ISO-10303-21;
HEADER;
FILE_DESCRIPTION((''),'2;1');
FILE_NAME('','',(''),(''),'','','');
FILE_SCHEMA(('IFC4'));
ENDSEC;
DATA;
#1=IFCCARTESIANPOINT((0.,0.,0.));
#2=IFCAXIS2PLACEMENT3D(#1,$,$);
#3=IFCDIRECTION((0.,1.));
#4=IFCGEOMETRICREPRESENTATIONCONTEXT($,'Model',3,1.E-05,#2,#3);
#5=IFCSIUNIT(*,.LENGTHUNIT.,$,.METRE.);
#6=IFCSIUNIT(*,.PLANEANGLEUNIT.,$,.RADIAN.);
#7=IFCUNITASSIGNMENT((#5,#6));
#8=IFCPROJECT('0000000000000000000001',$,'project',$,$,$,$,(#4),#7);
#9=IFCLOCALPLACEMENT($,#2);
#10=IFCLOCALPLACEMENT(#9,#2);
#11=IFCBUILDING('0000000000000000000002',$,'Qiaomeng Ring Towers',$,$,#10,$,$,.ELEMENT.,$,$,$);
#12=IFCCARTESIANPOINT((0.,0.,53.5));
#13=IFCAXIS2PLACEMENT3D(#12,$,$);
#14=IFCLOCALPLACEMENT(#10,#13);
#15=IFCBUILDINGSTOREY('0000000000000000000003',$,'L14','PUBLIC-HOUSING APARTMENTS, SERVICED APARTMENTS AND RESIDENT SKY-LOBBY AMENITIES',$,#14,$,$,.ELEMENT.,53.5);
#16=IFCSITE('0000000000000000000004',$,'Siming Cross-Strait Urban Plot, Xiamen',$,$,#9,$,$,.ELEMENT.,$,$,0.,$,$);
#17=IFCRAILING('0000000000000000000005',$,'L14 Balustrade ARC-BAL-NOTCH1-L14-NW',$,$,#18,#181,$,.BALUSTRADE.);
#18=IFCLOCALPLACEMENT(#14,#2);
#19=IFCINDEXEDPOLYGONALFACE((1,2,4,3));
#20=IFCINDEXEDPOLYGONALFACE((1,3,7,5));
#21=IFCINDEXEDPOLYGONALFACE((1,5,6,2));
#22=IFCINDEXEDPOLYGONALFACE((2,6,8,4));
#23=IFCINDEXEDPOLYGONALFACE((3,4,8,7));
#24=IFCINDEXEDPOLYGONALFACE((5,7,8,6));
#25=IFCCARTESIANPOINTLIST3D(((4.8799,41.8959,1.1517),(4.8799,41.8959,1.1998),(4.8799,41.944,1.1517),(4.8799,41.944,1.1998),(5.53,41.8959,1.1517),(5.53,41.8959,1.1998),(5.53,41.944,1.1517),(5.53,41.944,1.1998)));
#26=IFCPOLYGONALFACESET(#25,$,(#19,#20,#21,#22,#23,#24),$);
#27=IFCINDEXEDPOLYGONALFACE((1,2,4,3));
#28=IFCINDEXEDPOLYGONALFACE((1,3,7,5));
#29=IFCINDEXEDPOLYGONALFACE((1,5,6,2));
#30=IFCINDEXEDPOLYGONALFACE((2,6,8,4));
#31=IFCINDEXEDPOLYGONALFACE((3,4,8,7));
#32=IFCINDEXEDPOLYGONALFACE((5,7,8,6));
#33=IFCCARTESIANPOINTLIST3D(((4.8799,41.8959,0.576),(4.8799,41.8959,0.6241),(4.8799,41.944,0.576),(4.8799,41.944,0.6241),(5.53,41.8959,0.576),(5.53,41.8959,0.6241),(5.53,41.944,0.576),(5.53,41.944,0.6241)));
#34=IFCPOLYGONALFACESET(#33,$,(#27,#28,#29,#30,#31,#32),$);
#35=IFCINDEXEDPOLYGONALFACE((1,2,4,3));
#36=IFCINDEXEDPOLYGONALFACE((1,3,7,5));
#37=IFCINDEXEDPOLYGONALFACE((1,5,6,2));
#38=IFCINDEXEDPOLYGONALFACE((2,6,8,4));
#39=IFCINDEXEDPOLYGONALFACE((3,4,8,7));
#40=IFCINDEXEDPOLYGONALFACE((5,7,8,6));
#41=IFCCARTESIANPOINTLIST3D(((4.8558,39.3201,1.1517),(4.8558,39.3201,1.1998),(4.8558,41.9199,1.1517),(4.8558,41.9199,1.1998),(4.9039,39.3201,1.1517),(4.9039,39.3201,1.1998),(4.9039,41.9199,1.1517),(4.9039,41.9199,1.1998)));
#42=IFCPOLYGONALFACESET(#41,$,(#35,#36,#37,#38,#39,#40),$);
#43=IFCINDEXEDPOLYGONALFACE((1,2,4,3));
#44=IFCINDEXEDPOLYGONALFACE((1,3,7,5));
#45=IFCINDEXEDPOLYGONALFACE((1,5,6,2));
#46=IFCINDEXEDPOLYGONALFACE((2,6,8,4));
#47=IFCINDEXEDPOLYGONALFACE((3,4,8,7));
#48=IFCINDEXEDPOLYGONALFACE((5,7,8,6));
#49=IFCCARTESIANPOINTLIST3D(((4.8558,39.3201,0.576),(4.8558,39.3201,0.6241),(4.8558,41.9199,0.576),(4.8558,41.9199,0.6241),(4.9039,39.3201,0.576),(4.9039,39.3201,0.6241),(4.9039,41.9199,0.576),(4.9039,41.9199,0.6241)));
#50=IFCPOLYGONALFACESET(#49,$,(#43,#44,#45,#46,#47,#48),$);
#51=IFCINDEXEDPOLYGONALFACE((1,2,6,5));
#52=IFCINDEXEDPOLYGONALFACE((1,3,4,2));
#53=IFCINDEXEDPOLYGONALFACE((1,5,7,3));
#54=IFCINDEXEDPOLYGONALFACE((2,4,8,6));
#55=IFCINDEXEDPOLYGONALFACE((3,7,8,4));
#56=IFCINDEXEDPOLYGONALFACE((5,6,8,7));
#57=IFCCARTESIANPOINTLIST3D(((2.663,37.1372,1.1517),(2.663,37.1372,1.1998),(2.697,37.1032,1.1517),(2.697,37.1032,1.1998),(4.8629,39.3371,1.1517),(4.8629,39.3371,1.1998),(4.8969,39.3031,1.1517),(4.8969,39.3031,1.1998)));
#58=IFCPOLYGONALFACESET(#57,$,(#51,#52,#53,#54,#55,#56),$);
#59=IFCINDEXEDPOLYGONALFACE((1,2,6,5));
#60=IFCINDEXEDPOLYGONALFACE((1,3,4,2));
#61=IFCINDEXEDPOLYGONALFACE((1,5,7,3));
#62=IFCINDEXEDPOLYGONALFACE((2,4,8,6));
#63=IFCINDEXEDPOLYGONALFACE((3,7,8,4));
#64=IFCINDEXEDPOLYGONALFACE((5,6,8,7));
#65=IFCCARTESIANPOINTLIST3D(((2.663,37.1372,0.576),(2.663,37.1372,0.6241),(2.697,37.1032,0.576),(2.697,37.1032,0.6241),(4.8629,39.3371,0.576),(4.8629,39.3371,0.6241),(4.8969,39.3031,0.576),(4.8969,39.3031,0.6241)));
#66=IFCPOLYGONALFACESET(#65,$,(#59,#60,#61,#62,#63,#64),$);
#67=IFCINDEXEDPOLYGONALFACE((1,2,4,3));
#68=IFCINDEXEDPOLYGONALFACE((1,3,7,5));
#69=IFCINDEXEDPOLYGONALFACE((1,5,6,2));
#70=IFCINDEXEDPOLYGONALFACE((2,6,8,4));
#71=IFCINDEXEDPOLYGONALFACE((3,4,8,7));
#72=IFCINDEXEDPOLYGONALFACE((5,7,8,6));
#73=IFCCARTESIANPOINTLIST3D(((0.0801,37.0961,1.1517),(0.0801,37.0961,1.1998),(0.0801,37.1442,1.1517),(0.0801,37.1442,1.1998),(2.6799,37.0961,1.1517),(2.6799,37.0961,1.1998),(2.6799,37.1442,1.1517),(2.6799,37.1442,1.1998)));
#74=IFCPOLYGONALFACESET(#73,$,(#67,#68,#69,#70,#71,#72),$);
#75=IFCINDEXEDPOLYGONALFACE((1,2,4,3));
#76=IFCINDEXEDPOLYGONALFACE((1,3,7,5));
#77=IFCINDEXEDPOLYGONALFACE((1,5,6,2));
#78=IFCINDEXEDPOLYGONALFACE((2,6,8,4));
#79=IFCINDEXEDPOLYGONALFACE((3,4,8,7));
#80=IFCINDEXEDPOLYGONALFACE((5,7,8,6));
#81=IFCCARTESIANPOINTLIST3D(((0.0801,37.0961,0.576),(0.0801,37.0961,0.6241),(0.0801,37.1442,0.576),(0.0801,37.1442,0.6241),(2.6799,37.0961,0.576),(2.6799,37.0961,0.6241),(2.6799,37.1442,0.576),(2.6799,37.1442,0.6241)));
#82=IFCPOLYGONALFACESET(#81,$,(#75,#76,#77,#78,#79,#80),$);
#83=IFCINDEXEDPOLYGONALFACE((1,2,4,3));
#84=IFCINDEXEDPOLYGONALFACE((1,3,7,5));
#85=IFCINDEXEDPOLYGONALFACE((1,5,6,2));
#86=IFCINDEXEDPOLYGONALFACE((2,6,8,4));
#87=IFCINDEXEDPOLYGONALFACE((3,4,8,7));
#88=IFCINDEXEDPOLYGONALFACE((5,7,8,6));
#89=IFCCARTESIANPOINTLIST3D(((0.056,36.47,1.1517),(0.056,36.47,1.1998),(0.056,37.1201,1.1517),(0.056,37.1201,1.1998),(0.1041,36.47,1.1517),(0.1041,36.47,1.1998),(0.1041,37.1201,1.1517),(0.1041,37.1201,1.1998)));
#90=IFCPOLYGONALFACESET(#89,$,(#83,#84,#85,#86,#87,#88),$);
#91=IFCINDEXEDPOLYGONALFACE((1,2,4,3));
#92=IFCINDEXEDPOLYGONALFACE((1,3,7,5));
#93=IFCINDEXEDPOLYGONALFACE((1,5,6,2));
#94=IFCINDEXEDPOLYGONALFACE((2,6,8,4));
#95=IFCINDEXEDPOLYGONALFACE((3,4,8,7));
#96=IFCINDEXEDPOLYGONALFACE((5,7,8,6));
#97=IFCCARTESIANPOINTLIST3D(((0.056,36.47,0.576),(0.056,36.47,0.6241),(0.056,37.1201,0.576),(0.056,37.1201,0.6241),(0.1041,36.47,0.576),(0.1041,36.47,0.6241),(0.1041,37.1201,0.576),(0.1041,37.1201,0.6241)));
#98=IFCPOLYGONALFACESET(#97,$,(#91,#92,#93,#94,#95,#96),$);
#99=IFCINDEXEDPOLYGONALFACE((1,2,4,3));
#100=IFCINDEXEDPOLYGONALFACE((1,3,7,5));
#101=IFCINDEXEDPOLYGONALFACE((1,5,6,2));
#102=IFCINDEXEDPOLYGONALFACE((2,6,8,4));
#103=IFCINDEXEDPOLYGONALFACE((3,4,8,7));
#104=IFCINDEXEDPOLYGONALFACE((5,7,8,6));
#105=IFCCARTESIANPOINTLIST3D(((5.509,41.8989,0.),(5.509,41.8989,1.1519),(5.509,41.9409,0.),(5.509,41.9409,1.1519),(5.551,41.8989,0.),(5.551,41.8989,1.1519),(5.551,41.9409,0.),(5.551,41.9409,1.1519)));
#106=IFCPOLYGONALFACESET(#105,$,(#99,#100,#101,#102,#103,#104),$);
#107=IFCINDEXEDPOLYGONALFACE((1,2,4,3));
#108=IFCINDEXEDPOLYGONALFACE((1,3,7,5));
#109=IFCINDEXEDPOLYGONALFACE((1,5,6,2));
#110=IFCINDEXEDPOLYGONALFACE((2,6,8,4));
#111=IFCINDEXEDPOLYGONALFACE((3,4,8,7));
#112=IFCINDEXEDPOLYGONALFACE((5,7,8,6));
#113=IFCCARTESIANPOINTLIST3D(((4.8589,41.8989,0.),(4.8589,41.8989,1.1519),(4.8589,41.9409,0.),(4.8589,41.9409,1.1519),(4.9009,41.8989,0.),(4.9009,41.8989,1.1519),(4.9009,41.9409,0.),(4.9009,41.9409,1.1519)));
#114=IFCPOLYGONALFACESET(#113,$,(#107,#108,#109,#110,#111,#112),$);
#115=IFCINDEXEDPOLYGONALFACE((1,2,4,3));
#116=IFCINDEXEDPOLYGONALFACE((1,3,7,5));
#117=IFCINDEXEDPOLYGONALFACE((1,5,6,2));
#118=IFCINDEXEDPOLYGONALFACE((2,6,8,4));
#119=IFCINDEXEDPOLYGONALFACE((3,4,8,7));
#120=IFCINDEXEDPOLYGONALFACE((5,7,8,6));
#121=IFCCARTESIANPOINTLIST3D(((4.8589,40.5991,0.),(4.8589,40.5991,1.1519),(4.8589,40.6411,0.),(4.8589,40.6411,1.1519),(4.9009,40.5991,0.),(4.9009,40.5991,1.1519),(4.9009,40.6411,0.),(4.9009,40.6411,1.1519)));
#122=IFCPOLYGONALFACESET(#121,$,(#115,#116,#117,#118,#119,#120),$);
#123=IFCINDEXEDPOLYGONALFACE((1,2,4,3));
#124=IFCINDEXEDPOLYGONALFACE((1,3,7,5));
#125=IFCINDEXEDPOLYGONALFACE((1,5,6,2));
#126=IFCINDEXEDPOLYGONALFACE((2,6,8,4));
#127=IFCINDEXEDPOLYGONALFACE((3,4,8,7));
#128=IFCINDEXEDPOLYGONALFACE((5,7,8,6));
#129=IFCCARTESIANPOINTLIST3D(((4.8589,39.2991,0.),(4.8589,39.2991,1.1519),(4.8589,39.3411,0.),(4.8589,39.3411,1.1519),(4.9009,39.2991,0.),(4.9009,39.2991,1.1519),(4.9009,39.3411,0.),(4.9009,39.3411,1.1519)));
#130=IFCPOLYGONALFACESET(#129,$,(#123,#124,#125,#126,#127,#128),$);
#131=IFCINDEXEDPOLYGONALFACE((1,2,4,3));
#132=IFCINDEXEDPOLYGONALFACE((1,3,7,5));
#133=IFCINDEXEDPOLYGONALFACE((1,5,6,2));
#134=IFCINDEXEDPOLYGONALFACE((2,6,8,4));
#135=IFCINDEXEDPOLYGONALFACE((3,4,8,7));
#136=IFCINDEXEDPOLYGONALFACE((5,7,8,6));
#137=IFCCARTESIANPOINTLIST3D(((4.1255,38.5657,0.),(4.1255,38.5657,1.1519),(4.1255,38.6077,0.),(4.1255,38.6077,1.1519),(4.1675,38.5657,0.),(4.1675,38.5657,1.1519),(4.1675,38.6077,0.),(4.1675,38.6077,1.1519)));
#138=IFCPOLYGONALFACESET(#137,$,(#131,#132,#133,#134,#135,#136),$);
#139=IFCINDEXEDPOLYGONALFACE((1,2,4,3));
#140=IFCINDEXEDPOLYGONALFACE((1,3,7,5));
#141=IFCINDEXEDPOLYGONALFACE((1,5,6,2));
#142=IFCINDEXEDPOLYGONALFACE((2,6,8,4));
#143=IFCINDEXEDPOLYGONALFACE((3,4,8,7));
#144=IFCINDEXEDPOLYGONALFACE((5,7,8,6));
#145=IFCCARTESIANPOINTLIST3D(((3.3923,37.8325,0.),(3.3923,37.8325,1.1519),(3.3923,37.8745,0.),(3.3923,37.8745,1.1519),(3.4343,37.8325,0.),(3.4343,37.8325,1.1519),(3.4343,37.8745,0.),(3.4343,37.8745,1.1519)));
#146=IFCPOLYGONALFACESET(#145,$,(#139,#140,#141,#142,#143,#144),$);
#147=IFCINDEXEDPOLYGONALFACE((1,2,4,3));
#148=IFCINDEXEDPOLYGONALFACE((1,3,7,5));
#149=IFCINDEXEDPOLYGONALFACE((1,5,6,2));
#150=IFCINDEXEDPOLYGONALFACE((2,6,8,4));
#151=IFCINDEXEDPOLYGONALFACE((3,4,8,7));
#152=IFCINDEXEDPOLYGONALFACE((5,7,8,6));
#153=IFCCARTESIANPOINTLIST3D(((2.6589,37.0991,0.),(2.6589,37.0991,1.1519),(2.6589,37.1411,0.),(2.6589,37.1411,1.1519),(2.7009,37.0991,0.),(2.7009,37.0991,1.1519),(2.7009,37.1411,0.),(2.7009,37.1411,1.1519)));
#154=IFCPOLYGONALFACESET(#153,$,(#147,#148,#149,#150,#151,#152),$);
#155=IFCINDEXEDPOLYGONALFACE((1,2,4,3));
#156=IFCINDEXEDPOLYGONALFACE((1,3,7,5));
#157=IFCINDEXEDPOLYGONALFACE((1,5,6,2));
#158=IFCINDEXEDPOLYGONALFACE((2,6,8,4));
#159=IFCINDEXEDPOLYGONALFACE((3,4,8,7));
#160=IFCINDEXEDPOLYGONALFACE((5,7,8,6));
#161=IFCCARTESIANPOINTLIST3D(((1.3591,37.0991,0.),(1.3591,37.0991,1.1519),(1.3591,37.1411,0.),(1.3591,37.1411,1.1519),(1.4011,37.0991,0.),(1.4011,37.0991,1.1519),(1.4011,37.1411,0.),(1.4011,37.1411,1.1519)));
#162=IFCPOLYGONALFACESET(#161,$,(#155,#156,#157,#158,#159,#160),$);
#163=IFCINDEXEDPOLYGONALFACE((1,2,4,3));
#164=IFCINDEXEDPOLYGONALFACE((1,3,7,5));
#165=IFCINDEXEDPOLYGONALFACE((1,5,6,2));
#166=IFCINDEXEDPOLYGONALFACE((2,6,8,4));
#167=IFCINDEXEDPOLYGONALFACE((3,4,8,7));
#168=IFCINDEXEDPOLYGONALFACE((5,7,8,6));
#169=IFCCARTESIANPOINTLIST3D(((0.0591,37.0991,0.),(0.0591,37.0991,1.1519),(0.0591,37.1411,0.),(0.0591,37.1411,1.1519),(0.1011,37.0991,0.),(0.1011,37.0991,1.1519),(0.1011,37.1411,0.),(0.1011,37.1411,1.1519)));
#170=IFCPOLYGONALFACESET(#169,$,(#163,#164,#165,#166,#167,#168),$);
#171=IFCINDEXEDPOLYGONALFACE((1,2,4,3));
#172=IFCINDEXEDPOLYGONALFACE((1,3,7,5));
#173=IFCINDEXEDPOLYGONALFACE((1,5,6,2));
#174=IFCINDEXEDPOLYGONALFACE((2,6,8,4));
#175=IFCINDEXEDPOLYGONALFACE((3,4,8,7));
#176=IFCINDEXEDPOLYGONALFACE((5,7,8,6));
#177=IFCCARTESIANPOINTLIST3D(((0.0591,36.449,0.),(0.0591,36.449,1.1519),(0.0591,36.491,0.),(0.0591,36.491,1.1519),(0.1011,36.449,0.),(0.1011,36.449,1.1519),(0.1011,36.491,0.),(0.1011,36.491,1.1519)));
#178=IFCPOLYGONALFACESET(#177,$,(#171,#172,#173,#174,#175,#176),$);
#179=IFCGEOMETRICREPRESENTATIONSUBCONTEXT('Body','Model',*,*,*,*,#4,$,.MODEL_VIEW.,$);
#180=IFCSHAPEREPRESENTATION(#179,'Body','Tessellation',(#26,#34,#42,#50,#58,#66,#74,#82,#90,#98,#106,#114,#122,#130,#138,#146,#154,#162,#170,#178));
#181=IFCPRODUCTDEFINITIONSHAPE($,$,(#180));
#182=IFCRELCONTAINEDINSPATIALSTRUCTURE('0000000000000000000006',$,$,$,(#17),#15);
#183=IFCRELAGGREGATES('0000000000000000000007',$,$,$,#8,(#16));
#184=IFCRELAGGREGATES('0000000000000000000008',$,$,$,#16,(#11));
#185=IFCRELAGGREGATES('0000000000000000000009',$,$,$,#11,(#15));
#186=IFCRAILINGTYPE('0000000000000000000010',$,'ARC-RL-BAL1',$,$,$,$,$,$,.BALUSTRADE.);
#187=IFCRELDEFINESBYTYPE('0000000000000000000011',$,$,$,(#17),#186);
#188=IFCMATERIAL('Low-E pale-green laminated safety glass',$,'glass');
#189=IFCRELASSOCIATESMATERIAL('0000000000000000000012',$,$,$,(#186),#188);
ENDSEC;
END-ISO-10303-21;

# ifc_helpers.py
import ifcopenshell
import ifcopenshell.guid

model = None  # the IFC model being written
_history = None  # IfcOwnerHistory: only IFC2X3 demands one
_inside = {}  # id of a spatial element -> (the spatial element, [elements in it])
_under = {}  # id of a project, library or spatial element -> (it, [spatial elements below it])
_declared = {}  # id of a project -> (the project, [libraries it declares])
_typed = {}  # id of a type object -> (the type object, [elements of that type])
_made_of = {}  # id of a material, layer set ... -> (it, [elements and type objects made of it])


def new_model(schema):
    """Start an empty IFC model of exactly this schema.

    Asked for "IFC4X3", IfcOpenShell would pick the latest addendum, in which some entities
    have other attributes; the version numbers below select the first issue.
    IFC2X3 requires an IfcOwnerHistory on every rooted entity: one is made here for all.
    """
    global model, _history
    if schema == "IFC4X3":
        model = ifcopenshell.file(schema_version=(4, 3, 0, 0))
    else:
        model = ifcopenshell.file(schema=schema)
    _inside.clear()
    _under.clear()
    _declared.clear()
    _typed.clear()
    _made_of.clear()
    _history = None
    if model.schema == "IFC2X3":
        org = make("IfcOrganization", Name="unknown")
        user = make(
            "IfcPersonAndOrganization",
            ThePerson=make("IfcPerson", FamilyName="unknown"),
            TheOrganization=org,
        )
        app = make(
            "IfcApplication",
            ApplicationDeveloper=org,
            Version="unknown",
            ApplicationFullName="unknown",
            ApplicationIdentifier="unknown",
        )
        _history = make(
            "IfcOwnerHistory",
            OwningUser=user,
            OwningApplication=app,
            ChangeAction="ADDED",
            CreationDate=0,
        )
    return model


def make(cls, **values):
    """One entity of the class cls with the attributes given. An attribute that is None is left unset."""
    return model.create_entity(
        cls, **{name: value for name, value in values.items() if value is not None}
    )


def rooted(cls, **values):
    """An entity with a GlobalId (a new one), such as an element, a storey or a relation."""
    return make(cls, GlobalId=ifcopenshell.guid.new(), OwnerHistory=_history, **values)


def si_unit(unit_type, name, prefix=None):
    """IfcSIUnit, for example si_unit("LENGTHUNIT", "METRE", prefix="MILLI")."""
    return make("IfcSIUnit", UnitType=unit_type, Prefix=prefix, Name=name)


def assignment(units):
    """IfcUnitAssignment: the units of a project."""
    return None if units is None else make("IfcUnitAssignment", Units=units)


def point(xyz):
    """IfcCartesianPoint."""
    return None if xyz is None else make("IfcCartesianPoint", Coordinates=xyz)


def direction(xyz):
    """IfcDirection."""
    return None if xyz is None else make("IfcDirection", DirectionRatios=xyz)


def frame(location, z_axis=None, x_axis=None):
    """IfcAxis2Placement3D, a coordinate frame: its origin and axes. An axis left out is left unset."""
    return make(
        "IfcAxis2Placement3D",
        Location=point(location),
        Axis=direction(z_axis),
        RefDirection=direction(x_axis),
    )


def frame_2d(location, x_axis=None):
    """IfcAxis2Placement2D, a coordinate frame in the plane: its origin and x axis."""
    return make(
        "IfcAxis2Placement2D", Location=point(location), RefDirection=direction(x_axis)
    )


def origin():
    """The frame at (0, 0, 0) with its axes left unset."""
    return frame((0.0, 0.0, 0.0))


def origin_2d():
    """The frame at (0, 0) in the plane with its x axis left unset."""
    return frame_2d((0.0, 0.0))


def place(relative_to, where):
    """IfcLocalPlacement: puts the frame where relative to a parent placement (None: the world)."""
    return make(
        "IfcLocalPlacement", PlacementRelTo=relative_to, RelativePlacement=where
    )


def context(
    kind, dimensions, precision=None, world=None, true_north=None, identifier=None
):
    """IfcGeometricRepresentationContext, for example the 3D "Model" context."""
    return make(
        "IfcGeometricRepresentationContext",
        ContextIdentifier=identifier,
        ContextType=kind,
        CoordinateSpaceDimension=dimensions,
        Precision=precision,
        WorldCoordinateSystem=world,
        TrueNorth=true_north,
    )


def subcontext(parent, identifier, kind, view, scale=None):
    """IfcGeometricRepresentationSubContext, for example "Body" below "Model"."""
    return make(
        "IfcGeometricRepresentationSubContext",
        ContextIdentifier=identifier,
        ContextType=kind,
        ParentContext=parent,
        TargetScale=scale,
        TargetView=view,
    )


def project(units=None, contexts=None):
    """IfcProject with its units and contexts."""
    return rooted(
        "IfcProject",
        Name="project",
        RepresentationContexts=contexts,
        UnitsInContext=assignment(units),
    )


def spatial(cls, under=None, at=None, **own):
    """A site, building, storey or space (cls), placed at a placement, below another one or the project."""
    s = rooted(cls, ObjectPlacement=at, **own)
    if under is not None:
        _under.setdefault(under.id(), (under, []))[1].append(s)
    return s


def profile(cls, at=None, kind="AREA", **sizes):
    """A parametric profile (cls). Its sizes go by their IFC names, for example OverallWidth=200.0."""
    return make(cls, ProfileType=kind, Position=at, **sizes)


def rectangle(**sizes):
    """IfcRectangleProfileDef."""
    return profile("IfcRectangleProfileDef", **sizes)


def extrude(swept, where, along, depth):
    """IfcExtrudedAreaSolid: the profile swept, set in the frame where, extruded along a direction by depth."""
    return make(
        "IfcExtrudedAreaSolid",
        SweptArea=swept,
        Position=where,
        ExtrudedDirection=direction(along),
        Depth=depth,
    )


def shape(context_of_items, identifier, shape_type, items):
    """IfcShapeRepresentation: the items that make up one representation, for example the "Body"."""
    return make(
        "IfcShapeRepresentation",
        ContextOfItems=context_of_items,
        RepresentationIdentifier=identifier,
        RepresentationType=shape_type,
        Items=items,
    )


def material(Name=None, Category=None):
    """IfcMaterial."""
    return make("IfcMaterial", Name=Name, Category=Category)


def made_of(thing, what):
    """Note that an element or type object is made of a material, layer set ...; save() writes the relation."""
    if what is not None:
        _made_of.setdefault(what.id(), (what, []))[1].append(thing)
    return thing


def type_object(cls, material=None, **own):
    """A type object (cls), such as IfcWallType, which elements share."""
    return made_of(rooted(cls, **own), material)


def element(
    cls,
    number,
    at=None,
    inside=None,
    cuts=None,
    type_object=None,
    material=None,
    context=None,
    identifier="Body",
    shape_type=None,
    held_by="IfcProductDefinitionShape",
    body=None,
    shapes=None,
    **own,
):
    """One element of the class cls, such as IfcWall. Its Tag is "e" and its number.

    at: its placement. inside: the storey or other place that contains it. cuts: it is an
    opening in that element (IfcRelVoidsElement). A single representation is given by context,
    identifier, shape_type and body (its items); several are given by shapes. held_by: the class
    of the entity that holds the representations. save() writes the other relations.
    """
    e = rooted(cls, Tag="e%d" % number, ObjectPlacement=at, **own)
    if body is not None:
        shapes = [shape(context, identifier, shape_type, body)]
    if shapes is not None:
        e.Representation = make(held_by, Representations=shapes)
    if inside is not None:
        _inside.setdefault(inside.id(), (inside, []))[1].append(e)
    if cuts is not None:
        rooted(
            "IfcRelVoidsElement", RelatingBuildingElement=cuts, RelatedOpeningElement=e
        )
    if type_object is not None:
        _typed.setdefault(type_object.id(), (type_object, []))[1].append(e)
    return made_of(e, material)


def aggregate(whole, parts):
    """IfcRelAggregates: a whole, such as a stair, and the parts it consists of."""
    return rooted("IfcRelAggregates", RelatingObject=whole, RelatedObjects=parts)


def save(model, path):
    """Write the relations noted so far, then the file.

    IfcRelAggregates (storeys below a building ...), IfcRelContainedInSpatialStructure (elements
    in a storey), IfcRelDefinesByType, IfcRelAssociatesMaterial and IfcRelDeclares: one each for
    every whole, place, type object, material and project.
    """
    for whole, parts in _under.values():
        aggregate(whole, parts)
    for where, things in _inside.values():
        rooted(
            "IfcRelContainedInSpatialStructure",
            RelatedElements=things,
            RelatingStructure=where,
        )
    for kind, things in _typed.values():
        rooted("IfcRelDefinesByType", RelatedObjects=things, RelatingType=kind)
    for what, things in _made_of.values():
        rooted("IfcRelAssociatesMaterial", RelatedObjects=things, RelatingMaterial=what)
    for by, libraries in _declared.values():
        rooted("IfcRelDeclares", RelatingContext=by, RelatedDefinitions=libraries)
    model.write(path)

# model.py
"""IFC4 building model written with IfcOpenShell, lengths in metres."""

from ifc_helpers import new_model, si_unit, direction, frame, origin, origin_2d, place, context, subcontext, project, spatial, rectangle, extrude, material, type_object, element, save


model = new_model("IFC4")

# Units and contexts
model_context = context("Model", 3, precision=1e-05, world=origin(), true_north=direction((0.0, 1.0)))
body_context = subcontext(model_context, "Body", "Model", "MODEL_VIEW")
ifc_project = project(units=[si_unit("LENGTHUNIT", "METRE"), si_unit("PLANEANGLEUNIT", "RADIAN")], contexts=[model_context])

# Site, building, storey
site_placement = place(None, origin())
site = spatial("IfcSite", under=ifc_project, at=site_placement, Name="Siming Cross-Strait Urban Plot, Xiamen", CompositionType="ELEMENT", RefElevation=0.0)
building_placement = place(site_placement, origin())
building = spatial("IfcBuilding", under=site, at=building_placement, Name="Qiaomeng Ring Towers", CompositionType="ELEMENT")
storey_placement = place(building_placement, frame((0.0, 0.0, 53.5)))
storey = spatial("IfcBuildingStorey", under=building, at=storey_placement, Name="L14", Description="PUBLIC-HOUSING APARTMENTS, SERVICED APARTMENTS AND RESIDENT SKY-LOBBY AMENITIES", CompositionType="ELEMENT", Elevation=53.5)

# Railing
ifc_material_1 = material(Name="Low-E pale-green laminated safety glass", Category="glass")
railing_type = type_object("IfcRailingType", Name="ARC-RL-BAL1", PredefinedType="BALUSTRADE", material=ifc_material_1)
railing_placement = place(storey_placement, frame((5.53, 41.9199, 0.0)))
element("IfcRailing", 1, at=railing_placement, inside=storey, type_object=railing_type, Name="L14 Balustrade ARC-BAL-NOTCH1-L14-NW", PredefinedType="BALUSTRADE", context=body_context, shape_type="SweptSolid", body=[
    extrude(rectangle(XDim=0.0481, YDim=0.0481, at=origin_2d()), frame((0.0, 0.0, 1.1758), z_axis=(-1.0, 0.0, 0.0), x_axis=(0.0, -1.0, 0.0)), (0.0, 0.0, 1.0), 0.6501),
    extrude(rectangle(XDim=0.0481, YDim=0.0481, at=origin_2d()), frame((0.0, 0.0, 0.6001), z_axis=(-1.0, 0.0, 0.0), x_axis=(0.0, -1.0, 0.0)), (0.0, 0.0, 1.0), 0.6501),
    extrude(rectangle(XDim=0.0481, YDim=0.0481, at=origin_2d()), frame((-0.6501, 0.0, 1.1758), z_axis=(0.0, -1.0, 0.0), x_axis=(1.0, 0.0, 0.0)), (0.0, 0.0, 1.0), 2.5999),
    extrude(rectangle(XDim=0.0481, YDim=0.0481, at=origin_2d()), frame((-0.6501, 0.0, 0.6001), z_axis=(0.0, -1.0, 0.0), x_axis=(1.0, 0.0, 0.0)), (0.0, 0.0, 1.0), 2.5999),
    extrude(rectangle(XDim=0.0481, YDim=0.0481, at=origin_2d()), frame((-0.6501, -2.5999, 1.1758), z_axis=(-0.707107, -0.707107, 0.0), x_axis=(0.707107, -0.707107, 0.0)), (0.0, 0.0, 1.0), 3.1111),
    extrude(rectangle(XDim=0.0481, YDim=0.0481, at=origin_2d()), frame((-0.6501, -2.5999, 0.6001), z_axis=(-0.707107, -0.707107, 0.0), x_axis=(0.707107, -0.707107, 0.0)), (0.0, 0.0, 1.0), 3.1111),
    extrude(rectangle(XDim=0.0481, YDim=0.0481, at=origin_2d()), frame((-2.8501, -4.7998, 1.1758), z_axis=(-1.0, 0.0, 0.0), x_axis=(0.0, -1.0, 0.0)), (0.0, 0.0, 1.0), 2.5999),
    extrude(rectangle(XDim=0.0481, YDim=0.0481, at=origin_2d()), frame((-2.8501, -4.7998, 0.6001), z_axis=(-1.0, 0.0, 0.0), x_axis=(0.0, -1.0, 0.0)), (0.0, 0.0, 1.0), 2.5999),
    extrude(rectangle(XDim=0.0481, YDim=0.0481, at=origin_2d()), frame((-5.45, -4.7998, 1.1758), z_axis=(0.0, -1.0, 0.0), x_axis=(1.0, 0.0, 0.0)), (0.0, 0.0, 1.0), 0.6501),
    extrude(rectangle(XDim=0.0481, YDim=0.0481, at=origin_2d()), frame((-5.45, -4.7998, 0.6001), z_axis=(0.0, -1.0, 0.0), x_axis=(1.0, 0.0, 0.0)), (0.0, 0.0, 1.0), 0.6501),
    extrude(rectangle(XDim=0.042, YDim=0.042, at=origin_2d()), origin(), (0.0, 0.0, 1.0), 1.1519),
    extrude(rectangle(XDim=0.042, YDim=0.042, at=origin_2d()), frame((-0.6501, 0.0, 0.0)), (0.0, 0.0, 1.0), 1.1519),
    extrude(rectangle(XDim=0.042, YDim=0.042, at=origin_2d()), frame((-0.6501, -1.2998, 0.0)), (0.0, 0.0, 1.0), 1.1519),
    extrude(rectangle(XDim=0.042, YDim=0.042, at=origin_2d()), frame((-0.6501, -2.5999, 0.0)), (0.0, 0.0, 1.0), 1.1519),
    extrude(rectangle(XDim=0.042, YDim=0.042, at=origin_2d()), frame((-1.3835, -3.3333, 0.0)), (0.0, 0.0, 1.0), 1.1519),
    extrude(rectangle(XDim=0.042, YDim=0.042, at=origin_2d()), frame((-2.1167, -4.0664, 0.0)), (0.0, 0.0, 1.0), 1.1519),
    extrude(rectangle(XDim=0.042, YDim=0.042, at=origin_2d()), frame((-2.8501, -4.7998, 0.0)), (0.0, 0.0, 1.0), 1.1519),
    extrude(rectangle(XDim=0.042, YDim=0.042, at=origin_2d()), frame((-4.1499, -4.7998, 0.0)), (0.0, 0.0, 1.0), 1.1519),
    extrude(rectangle(XDim=0.042, YDim=0.042, at=origin_2d()), frame((-5.45, -4.7998, 0.0)), (0.0, 0.0, 1.0), 1.1519),
    extrude(rectangle(XDim=0.042, YDim=0.042, at=origin_2d()), frame((-5.45, -5.45, 0.0)), (0.0, 0.0, 1.0), 1.1519),
])

save(model, "model.ifc")
